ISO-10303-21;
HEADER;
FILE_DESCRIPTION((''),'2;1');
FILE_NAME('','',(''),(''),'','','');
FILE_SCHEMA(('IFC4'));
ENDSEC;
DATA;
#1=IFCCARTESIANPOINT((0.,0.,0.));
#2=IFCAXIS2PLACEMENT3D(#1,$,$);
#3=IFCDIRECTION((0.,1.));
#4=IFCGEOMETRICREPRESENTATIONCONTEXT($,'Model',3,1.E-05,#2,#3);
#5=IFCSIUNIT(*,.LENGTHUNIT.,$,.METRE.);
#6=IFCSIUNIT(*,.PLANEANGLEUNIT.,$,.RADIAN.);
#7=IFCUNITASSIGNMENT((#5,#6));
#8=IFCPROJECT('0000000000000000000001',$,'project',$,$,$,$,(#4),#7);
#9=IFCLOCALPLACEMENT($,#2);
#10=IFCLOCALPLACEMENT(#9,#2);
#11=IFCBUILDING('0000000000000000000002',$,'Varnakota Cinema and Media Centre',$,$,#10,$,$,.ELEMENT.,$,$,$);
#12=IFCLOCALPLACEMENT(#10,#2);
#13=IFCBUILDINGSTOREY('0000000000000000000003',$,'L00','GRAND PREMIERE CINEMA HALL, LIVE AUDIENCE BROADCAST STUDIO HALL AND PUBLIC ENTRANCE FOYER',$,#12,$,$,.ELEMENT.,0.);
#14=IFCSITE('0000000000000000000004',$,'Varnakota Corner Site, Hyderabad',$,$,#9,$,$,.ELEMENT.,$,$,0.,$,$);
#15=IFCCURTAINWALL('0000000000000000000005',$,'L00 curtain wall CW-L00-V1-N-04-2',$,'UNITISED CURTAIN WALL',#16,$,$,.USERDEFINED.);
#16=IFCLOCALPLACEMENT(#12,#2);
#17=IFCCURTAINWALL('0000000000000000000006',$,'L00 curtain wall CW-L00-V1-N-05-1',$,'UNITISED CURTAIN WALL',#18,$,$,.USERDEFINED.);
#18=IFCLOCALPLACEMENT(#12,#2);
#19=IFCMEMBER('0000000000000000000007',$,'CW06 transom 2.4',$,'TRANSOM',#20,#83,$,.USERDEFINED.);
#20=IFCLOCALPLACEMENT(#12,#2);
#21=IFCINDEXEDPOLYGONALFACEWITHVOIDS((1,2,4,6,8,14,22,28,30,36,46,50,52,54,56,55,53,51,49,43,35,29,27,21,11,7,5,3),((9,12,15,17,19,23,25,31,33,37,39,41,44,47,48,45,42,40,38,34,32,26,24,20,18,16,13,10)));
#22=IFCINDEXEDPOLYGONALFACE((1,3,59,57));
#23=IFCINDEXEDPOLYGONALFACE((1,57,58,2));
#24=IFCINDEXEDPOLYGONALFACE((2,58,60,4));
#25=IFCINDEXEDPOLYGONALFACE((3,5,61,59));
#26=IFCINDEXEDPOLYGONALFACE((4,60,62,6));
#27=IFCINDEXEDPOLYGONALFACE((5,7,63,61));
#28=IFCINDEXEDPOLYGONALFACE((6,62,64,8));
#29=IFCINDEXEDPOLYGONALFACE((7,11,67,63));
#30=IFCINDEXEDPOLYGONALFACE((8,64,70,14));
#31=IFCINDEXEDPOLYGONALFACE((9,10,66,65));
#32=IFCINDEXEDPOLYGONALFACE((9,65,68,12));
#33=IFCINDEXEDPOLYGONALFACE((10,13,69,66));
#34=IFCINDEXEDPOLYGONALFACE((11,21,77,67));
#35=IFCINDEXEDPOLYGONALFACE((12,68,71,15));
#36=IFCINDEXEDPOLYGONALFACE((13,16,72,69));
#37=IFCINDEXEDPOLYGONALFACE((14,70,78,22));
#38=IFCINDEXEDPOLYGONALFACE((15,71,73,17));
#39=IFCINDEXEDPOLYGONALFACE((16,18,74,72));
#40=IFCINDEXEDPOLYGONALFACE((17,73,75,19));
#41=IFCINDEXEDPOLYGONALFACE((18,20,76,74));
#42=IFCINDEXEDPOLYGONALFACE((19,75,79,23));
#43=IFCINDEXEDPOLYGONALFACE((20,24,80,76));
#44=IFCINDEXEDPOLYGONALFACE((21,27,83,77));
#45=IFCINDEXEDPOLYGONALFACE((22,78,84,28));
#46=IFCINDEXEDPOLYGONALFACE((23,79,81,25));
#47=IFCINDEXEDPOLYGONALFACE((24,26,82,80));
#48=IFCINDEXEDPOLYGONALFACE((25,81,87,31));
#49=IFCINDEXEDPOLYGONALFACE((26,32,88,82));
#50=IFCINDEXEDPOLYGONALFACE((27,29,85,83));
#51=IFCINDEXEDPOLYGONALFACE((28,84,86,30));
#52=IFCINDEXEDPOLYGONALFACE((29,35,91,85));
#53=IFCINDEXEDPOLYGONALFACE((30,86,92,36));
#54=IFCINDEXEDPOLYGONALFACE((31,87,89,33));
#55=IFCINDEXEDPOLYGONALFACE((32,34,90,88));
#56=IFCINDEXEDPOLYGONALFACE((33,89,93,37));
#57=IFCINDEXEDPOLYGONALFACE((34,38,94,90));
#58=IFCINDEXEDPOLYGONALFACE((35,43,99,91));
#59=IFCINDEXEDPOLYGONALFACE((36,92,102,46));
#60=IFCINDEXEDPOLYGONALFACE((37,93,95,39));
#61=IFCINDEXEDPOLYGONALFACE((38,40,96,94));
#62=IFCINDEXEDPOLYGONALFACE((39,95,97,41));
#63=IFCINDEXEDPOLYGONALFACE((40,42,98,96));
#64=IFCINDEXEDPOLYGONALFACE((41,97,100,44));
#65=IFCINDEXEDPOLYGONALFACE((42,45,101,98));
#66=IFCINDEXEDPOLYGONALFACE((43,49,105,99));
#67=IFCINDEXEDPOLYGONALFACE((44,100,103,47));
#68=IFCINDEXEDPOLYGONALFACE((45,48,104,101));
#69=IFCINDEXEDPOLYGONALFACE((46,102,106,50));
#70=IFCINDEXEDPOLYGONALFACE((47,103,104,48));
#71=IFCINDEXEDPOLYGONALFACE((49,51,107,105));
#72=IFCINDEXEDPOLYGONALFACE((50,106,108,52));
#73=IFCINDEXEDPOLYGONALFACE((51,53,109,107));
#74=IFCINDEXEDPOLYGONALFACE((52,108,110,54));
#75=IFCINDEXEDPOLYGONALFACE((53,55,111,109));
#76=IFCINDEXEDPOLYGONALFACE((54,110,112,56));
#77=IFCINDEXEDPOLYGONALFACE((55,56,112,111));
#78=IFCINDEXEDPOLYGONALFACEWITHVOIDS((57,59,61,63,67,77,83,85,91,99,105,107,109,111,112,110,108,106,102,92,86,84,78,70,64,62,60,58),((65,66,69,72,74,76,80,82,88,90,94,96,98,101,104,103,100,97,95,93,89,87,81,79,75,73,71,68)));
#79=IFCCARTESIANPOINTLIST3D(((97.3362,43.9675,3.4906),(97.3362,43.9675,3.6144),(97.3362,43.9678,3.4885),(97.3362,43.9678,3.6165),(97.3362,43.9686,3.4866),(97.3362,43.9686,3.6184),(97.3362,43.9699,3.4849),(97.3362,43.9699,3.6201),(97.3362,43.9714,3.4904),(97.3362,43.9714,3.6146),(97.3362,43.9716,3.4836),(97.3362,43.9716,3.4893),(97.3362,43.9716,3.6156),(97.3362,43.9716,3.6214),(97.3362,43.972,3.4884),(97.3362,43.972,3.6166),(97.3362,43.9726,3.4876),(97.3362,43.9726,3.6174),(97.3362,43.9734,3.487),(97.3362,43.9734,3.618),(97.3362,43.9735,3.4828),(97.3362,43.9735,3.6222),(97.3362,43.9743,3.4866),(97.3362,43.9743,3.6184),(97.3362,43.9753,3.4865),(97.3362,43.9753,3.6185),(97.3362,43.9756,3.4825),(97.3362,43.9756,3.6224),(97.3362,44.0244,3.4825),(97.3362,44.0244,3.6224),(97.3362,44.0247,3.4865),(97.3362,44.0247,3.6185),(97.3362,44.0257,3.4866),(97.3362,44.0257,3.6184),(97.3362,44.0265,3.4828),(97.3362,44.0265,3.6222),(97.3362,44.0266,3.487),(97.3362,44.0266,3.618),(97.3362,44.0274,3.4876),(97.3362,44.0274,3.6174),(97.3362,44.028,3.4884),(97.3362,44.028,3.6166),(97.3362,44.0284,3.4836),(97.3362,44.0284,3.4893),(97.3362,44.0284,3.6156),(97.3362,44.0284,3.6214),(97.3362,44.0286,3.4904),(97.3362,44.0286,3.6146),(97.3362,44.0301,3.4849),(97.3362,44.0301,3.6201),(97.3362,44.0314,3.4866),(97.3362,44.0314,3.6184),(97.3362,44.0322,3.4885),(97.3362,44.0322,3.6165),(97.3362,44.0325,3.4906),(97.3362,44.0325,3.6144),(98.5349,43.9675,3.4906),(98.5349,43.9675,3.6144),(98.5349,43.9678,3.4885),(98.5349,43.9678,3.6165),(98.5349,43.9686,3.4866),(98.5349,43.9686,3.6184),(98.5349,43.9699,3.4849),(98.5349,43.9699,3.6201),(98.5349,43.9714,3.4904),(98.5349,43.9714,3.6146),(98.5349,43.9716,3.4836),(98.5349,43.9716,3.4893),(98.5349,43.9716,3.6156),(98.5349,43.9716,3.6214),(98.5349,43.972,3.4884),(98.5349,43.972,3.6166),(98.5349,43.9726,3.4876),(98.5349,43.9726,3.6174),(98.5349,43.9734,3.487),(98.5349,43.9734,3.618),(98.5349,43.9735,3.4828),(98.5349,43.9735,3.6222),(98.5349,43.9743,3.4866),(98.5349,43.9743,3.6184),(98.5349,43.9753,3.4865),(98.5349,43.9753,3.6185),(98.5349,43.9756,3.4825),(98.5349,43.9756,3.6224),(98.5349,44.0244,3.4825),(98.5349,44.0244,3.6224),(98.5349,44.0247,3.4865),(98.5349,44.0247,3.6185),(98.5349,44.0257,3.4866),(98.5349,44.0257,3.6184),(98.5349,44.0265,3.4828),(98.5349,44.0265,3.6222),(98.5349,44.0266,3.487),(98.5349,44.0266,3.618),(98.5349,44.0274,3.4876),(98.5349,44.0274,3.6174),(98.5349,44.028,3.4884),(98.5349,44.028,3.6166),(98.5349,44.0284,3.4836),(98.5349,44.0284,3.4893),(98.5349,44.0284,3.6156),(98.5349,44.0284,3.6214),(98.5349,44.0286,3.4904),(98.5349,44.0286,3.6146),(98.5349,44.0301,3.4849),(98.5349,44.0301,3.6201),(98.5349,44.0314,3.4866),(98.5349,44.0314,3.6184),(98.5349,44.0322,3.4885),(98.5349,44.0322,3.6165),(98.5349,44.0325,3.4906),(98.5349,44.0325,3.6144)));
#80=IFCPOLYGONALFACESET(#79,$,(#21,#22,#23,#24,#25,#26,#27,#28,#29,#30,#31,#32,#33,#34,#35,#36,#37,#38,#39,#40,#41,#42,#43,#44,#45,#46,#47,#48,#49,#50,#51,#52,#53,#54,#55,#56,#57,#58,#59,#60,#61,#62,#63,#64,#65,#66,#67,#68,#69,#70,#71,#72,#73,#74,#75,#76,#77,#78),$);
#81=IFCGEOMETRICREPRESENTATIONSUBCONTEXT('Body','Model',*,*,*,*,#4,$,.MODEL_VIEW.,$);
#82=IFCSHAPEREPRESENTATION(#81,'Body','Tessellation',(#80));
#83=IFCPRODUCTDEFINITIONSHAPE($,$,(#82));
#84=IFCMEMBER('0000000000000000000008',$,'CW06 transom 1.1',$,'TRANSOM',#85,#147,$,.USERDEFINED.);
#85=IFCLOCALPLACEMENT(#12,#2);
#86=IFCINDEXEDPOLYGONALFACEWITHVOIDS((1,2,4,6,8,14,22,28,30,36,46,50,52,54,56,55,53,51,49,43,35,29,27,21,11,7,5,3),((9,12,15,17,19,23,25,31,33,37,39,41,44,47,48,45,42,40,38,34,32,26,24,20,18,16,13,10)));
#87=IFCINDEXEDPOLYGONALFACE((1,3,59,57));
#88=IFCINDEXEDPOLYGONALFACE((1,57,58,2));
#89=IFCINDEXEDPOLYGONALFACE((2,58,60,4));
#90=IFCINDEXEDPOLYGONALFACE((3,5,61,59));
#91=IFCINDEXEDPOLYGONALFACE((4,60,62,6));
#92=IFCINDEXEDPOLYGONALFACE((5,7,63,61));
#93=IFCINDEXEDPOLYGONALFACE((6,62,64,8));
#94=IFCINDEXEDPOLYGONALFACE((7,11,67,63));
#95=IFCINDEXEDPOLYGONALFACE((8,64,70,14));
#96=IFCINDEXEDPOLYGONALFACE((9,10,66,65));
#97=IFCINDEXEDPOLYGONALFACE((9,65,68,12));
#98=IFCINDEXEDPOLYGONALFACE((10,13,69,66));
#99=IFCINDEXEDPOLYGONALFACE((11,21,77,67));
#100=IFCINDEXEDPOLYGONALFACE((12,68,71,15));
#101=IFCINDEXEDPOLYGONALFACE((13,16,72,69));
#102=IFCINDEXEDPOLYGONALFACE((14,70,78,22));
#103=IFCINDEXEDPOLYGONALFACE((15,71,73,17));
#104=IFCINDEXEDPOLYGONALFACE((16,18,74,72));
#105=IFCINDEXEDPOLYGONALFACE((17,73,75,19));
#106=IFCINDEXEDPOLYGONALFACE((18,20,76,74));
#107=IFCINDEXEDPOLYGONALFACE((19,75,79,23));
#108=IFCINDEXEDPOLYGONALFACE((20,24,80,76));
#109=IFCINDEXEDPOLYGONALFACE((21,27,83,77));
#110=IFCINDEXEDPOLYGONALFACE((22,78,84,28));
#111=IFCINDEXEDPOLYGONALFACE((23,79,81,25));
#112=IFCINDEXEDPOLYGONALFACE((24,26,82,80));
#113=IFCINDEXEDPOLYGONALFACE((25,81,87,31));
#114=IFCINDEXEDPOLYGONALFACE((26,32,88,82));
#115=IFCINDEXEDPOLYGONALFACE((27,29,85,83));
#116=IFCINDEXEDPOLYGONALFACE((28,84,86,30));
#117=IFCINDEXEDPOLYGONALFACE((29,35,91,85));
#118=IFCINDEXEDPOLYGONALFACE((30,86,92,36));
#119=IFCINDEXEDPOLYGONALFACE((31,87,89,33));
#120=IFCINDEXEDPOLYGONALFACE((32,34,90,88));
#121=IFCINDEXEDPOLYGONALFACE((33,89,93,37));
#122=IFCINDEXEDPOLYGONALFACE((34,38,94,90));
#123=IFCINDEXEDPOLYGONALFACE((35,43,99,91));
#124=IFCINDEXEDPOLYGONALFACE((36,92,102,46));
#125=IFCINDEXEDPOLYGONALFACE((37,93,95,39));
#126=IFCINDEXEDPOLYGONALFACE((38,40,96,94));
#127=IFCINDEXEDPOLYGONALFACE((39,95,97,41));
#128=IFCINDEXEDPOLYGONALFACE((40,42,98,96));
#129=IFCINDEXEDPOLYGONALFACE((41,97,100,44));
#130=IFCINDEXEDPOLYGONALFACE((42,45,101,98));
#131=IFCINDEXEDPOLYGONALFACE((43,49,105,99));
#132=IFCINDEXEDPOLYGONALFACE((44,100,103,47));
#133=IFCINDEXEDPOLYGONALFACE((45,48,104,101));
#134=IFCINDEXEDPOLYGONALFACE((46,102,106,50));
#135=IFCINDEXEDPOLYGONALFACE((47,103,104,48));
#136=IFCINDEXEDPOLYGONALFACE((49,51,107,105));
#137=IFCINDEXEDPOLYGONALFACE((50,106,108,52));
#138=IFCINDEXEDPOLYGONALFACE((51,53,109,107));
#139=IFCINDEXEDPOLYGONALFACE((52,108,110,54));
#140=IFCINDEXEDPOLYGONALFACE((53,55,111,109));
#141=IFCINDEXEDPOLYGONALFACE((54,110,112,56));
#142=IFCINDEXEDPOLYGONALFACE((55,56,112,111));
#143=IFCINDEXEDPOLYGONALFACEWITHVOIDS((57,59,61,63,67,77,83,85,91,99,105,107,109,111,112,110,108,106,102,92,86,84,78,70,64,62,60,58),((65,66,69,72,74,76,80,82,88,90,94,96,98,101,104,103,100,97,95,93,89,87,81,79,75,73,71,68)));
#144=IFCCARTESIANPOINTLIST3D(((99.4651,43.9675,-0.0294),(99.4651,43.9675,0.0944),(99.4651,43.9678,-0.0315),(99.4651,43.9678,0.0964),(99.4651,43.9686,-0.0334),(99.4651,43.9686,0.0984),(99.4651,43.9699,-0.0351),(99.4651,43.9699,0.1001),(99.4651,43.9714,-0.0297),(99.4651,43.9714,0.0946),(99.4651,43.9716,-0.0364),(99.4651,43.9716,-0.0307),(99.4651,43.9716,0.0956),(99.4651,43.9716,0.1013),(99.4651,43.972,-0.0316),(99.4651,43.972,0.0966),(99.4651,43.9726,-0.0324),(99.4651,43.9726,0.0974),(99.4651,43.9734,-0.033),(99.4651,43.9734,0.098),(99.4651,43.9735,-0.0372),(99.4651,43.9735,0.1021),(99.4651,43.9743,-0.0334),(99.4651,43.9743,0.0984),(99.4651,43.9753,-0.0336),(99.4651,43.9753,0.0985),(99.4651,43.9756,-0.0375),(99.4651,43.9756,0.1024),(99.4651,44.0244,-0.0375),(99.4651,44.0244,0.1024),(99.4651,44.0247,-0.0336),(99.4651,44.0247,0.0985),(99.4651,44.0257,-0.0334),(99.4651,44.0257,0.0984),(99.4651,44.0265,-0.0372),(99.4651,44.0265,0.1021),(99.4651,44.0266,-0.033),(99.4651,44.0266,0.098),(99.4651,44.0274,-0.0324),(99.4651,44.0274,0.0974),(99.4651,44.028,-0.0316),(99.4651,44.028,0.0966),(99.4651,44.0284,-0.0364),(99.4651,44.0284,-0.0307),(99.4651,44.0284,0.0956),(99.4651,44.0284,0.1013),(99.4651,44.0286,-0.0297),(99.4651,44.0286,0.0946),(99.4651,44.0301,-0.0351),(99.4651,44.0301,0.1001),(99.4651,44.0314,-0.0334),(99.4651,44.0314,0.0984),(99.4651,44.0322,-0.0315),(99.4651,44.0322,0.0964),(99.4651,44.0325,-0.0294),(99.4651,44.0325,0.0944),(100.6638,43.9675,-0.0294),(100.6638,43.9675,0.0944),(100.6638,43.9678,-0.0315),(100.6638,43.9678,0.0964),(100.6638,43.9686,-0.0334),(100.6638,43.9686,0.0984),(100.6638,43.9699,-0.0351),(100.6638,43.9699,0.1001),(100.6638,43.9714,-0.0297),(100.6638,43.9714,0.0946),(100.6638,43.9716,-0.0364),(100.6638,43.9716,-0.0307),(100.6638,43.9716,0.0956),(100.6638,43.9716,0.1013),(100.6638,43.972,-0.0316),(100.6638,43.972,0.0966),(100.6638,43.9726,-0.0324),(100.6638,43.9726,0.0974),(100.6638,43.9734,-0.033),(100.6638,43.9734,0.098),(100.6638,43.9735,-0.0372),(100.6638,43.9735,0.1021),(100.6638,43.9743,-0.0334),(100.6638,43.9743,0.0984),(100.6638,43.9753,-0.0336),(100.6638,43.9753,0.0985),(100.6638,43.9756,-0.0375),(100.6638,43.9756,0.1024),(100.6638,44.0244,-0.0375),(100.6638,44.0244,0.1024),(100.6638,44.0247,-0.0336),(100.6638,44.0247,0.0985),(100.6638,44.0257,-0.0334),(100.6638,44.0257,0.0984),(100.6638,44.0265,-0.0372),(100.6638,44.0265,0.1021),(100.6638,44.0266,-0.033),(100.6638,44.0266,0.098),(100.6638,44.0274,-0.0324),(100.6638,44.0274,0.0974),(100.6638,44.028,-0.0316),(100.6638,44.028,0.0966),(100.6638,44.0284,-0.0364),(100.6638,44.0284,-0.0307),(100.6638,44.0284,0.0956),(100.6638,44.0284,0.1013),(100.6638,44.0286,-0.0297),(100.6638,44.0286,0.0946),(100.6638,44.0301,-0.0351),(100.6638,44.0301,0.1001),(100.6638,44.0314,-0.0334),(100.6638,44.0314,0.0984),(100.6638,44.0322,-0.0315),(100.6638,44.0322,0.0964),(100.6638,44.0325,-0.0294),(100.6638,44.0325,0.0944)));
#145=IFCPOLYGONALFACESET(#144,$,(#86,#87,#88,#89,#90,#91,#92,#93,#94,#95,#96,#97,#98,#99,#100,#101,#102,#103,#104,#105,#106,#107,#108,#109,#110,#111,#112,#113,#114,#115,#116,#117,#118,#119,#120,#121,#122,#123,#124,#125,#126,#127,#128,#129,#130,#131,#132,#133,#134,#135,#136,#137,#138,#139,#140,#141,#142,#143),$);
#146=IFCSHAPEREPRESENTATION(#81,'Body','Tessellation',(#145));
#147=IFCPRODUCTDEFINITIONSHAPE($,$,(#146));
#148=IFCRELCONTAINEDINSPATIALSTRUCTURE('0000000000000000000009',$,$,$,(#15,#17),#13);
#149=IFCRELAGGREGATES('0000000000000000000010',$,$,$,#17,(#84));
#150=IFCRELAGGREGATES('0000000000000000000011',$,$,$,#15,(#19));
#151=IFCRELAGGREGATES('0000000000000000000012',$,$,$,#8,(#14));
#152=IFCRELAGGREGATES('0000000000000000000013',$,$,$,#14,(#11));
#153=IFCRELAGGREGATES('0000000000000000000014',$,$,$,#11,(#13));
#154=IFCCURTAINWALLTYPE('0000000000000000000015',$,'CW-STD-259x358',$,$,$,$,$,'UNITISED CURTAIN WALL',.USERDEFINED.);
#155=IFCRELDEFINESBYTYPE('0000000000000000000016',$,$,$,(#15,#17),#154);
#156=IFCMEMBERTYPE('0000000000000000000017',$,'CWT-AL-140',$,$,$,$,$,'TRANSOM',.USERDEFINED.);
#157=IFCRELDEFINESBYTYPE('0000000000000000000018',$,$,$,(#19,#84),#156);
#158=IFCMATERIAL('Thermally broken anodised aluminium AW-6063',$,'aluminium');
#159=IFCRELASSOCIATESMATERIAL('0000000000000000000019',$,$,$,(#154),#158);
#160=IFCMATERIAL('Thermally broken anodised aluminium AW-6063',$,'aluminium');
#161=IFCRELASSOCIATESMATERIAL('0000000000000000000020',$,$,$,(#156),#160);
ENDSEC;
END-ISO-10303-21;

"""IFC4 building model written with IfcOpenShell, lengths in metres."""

from ifc_helpers import new_model, si_unit, direction, frame, origin, origin_2d, place, context, subcontext, project, spatial, hollow_rectangle, extrude, material, material_profile, profile_set, type_object, element, aggregate, save


model = new_model("IFC4")

# Units and contexts
model_context = context("Model", 3, precision=1e-05, world=origin(), true_north=direction((0.0, 1.0)))
body_context = subcontext(model_context, "Body", "Model", "MODEL_VIEW")
ifc_project = project(units=[si_unit("LENGTHUNIT", "METRE"), si_unit("PLANEANGLEUNIT", "RADIAN")], contexts=[model_context])

# Site, building, storey
site_placement = place(None, origin())
site = spatial("IfcSite", under=ifc_project, at=site_placement, Name="Varnakota Corner Site, Hyderabad", CompositionType="ELEMENT", RefElevation=0.0)
building_placement = place(site_placement, origin())
building = spatial("IfcBuilding", under=site, at=building_placement, Name="Varnakota Cinema and Media Centre", CompositionType="ELEMENT")
storey_placement = place(building_placement, origin())
storey = spatial("IfcBuildingStorey", under=building, at=storey_placement, Name="L00", Description="GRAND PREMIERE CINEMA HALL, LIVE AUDIENCE BROADCAST STUDIO HALL AND PUBLIC ENTRANCE FOYER", CompositionType="ELEMENT", Elevation=0.0)

# Shared definitions
ifc_material_1 = material(Name="Thermally broken anodised aluminium AW-6063", Category="aluminium")
curtain_wall_type = type_object("IfcCurtainWallType", Name="CW-STD-259x358", ElementType="UNITISED CURTAIN WALL", PredefinedType="USERDEFINED", material=ifc_material_1)

# Curtain wall
curtain_wall_1_placement = place(storey_placement, origin())
curtain_wall_1 = element("IfcCurtainWall", 1, at=curtain_wall_1_placement, inside=storey, type_object=curtain_wall_type, Name="L00 curtain wall CW-L00-V1-N-04-2", ObjectType="UNITISED CURTAIN WALL", PredefinedType="USERDEFINED")

# Curtain wall
curtain_wall_2_placement = place(storey_placement, origin())
curtain_wall_2 = element("IfcCurtainWall", 2, at=curtain_wall_2_placement, inside=storey, type_object=curtain_wall_type, Name="L00 curtain wall CW-L00-V1-N-05-1", ObjectType="UNITISED CURTAIN WALL", PredefinedType="USERDEFINED")

# Members
ifc_material_2 = material(Name="Thermally broken anodised aluminium AW-6063", Category="aluminium")
ifc_material_profile_1 = material_profile(ifc_material_2, hollow_rectangle(XDim=0.0649, YDim=0.1399, WallThickness=0.0039, InnerFilletRadius=0.0039, OuterFilletRadius=0.0081, at=origin_2d()), Name="AL-TRANSOM 140x65x4")
ifc_profile_set_1 = profile_set([ifc_material_profile_1], Name="Thermally broken anodised aluminium AW-6063")
member_type_1 = type_object("IfcMemberType", Name="CWT-AL-140", ElementType="TRANSOM", PredefinedType="USERDEFINED", material=ifc_profile_set_1)
member_1_placement = place(storey_placement, frame((97.3362, 44.0, 3.5525), z_axis=(1.0, 0.0, 0.0), x_axis=(0.0, 1.0, 0.0)))
member_1 = element("IfcMember", 3, at=member_1_placement, type_object=member_type_1, Name="CW06 transom 2.4", ObjectType="TRANSOM", PredefinedType="USERDEFINED", context=body_context, shape_type="SweptSolid", body=[
    extrude(hollow_rectangle(XDim=0.0649, YDim=0.1399, WallThickness=0.0039, InnerFilletRadius=0.0039, OuterFilletRadius=0.0081, at=origin_2d()), origin(), (0.0, 0.0, 1.0), 1.1987),
])
member_2_placement = place(storey_placement, frame((99.4651, 44.0, 0.0325), z_axis=(1.0, 0.0, 0.0), x_axis=(0.0, 1.0, 0.0)))
member_2 = element("IfcMember", 4, at=member_2_placement, type_object=member_type_1, Name="CW06 transom 1.1", ObjectType="TRANSOM", PredefinedType="USERDEFINED", context=body_context, shape_type="SweptSolid", body=[
    extrude(hollow_rectangle(XDim=0.0649, YDim=0.1399, WallThickness=0.0039, InnerFilletRadius=0.0039, OuterFilletRadius=0.0081, at=origin_2d()), origin(), (0.0, 0.0, 1.0), 1.1987),
])
aggregate(curtain_wall_2, [member_2])

aggregate(curtain_wall_1, [member_1])

save(model, "model.ifc")
